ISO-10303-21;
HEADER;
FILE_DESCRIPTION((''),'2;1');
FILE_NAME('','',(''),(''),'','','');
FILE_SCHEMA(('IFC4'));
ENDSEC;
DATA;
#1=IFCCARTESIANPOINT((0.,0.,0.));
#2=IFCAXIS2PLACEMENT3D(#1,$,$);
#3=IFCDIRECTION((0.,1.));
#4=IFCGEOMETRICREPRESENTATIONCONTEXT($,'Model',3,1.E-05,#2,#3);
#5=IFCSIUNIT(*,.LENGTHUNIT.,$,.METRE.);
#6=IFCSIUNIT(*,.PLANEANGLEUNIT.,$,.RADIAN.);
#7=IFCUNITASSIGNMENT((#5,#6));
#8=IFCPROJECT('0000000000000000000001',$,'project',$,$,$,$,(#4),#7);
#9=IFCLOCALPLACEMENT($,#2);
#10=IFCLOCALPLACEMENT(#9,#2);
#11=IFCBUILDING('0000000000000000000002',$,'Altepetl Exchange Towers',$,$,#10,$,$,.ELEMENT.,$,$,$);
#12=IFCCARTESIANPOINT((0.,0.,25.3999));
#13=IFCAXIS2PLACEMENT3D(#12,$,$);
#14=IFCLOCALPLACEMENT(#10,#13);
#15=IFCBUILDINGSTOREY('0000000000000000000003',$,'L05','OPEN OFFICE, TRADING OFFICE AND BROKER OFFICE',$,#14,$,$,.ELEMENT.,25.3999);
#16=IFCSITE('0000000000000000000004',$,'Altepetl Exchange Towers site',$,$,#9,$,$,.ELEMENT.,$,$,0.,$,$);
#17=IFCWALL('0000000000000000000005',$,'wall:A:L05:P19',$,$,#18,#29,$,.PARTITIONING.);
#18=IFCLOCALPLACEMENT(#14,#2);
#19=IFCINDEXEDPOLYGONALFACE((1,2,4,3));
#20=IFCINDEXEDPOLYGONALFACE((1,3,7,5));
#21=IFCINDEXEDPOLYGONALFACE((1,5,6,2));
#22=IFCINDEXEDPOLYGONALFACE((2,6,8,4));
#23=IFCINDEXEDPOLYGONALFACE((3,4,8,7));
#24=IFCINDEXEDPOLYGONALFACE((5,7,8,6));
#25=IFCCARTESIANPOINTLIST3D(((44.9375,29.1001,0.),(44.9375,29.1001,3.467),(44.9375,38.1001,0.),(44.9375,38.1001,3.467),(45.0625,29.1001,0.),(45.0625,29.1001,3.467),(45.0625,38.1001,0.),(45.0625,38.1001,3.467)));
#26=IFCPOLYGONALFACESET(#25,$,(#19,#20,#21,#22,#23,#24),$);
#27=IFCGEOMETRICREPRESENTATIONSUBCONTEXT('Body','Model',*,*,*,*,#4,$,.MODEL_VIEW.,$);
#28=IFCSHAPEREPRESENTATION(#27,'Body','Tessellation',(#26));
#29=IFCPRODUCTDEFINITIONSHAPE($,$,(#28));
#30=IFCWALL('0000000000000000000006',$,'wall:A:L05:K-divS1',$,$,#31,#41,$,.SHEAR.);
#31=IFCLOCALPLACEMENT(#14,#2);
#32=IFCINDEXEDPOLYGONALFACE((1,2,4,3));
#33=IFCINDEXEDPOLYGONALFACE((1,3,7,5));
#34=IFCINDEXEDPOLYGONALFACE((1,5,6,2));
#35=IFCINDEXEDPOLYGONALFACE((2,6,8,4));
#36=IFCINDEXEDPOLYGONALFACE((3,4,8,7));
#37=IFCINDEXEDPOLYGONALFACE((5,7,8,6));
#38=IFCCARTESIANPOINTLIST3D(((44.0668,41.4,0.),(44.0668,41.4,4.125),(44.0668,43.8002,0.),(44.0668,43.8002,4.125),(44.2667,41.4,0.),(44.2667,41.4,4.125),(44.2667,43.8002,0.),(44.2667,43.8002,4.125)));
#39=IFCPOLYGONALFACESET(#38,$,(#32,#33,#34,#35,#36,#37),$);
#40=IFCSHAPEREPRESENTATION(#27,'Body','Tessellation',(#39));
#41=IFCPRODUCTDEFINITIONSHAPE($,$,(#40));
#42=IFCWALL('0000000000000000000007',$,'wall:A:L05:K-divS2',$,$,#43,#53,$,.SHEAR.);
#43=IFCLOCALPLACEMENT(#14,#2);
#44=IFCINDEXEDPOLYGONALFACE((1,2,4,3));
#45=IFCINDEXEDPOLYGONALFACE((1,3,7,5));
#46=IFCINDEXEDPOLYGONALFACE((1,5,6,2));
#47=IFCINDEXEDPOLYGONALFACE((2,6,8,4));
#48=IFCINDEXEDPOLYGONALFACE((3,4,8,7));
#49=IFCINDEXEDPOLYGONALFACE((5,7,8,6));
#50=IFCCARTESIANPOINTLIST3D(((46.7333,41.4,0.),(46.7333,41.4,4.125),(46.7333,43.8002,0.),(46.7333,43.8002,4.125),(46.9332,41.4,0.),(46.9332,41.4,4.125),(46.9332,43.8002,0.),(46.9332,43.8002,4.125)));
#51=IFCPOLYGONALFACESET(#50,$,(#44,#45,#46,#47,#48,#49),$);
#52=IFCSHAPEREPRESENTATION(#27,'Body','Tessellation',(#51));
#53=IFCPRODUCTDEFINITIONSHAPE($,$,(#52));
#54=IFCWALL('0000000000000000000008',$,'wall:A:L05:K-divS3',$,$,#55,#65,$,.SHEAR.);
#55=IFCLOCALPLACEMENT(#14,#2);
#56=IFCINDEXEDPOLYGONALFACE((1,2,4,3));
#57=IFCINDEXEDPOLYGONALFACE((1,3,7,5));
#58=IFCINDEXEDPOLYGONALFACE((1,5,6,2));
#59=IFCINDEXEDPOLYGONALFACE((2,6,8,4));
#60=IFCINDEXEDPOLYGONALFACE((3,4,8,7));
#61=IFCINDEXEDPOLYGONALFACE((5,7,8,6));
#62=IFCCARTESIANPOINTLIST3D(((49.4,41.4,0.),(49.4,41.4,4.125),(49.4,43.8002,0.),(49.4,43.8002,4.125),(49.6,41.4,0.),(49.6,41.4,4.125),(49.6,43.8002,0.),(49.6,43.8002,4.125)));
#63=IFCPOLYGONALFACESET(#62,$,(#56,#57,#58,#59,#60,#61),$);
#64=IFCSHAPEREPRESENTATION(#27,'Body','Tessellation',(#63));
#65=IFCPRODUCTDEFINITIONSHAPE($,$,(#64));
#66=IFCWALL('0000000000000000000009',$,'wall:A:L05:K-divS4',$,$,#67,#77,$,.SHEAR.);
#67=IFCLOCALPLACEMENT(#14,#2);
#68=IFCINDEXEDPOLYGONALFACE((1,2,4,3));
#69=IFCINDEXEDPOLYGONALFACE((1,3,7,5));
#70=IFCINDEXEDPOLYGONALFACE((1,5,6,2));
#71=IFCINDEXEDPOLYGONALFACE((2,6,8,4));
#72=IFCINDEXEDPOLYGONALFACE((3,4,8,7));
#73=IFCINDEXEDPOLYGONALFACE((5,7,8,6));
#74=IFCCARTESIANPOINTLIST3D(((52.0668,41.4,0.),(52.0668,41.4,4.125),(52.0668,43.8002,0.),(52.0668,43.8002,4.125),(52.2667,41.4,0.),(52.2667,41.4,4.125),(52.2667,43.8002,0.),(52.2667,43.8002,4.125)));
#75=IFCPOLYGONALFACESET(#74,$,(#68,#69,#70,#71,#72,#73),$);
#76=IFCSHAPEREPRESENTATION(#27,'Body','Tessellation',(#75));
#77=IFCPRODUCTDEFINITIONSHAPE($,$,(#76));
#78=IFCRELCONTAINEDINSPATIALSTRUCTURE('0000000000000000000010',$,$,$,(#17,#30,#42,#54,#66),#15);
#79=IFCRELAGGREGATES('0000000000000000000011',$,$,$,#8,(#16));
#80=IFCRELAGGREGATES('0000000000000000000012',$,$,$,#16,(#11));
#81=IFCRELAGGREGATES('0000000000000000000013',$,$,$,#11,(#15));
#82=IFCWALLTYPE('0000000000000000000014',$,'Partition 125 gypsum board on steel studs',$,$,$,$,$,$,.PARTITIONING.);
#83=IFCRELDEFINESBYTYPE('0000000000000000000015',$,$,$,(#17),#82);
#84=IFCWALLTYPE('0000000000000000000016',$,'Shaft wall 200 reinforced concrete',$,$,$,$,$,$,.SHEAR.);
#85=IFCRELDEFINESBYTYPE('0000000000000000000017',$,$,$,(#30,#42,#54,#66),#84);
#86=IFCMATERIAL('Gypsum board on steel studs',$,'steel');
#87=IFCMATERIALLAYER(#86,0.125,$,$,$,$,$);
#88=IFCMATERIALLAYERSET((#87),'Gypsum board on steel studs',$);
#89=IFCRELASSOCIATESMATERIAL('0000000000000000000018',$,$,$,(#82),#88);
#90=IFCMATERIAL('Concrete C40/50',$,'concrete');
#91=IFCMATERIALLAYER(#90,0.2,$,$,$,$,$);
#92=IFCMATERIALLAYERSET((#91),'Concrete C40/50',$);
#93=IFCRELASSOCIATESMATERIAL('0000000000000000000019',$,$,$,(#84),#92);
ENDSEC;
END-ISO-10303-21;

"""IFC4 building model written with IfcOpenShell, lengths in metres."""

from ifc_helpers import new_model, si_unit, direction, frame, frame_2d, origin, place, context, subcontext, project, spatial, rectangle, extrude, material, layer, layer_set, type_object, element, save


model = new_model("IFC4")

# Units and contexts
model_context = context("Model", 3, precision=1e-05, world=origin(), true_north=direction((0.0, 1.0)))
body_context = subcontext(model_context, "Body", "Model", "MODEL_VIEW")
ifc_project = project(units=[si_unit("LENGTHUNIT", "METRE"), si_unit("PLANEANGLEUNIT", "RADIAN")], contexts=[model_context])

# Site, building, storey
site_placement = place(None, origin())
site = spatial("IfcSite", under=ifc_project, at=site_placement, Name="Altepetl Exchange Towers site", CompositionType="ELEMENT", RefElevation=0.0)
building_placement = place(site_placement, origin())
building = spatial("IfcBuilding", under=site, at=building_placement, Name="Altepetl Exchange Towers", CompositionType="ELEMENT")
storey_placement = place(building_placement, frame((0.0, 0.0, 25.3999)))
storey = spatial("IfcBuildingStorey", under=building, at=storey_placement, Name="L05", Description="OPEN OFFICE, TRADING OFFICE AND BROKER OFFICE", CompositionType="ELEMENT", Elevation=25.3999)

# Walls
ifc_material_1 = material(Name="Gypsum board on steel studs", Category="steel")
ifc_layer_1 = layer(ifc_material_1, 0.125)
ifc_layer_set_1 = layer_set([ifc_layer_1], Name="Gypsum board on steel studs")
wall_type_1 = type_object("IfcWallType", Name="Partition 125 gypsum board on steel studs", PredefinedType="PARTITIONING", material=ifc_layer_set_1)
wall_1_placement = place(storey_placement, frame((45.0, 29.1001, 0.0), z_axis=(0.0, 0.0, 1.0), x_axis=(0.0, 1.0, 0.0)))
element("IfcWall", 1, at=wall_1_placement, inside=storey, type_object=wall_type_1, Name="wall:A:L05:P19", PredefinedType="PARTITIONING", context=body_context, shape_type="SweptSolid", body=[
    extrude(rectangle(XDim=9.0, YDim=0.125, at=frame_2d((4.5, 0.0))), origin(), (0.0, 0.0, 1.0), 3.467),
])
ifc_material_2 = material(Name="Concrete C40/50", Category="concrete")
ifc_layer_2 = layer(ifc_material_2, 0.2)
ifc_layer_set_2 = layer_set([ifc_layer_2], Name="Concrete C40/50")
wall_type_2 = type_object("IfcWallType", Name="Shaft wall 200 reinforced concrete", PredefinedType="SHEAR", material=ifc_layer_set_2)
for number, where, z_axis, x_axis, name in (
    (2, (44.1667, 41.3999, 0.0), (0.0, 0.0, 1.0), (0.0, 1.0, 0.0), "wall:A:L05:K-divS1"),
    (3, (46.8333, 41.3999, 0.0), (0.0, 0.0, 1.0), (0.0, 1.0, 0.0), "wall:A:L05:K-divS2"),
    (4, (49.5, 41.3999, 0.0), (0.0, 0.0, 1.0), (0.0, 1.0, 0.0), "wall:A:L05:K-divS3"),
    (5, (52.1667, 41.3999, 0.0), (0.0, 0.0, 1.0), (0.0, 1.0, 0.0), "wall:A:L05:K-divS4"),
):
    element("IfcWall", number, at=place(storey_placement, frame(where, z_axis=z_axis, x_axis=x_axis)), inside=storey, type_object=wall_type_2, Name=name, PredefinedType="SHEAR", context=body_context, shape_type="SweptSolid", body=[
        extrude(rectangle(XDim=2.4001, YDim=0.2, at=frame_2d((1.2002, 0.0))), origin(), (0.0, 0.0, 1.0), 4.125),
    ])

save(model, "model.ifc")
